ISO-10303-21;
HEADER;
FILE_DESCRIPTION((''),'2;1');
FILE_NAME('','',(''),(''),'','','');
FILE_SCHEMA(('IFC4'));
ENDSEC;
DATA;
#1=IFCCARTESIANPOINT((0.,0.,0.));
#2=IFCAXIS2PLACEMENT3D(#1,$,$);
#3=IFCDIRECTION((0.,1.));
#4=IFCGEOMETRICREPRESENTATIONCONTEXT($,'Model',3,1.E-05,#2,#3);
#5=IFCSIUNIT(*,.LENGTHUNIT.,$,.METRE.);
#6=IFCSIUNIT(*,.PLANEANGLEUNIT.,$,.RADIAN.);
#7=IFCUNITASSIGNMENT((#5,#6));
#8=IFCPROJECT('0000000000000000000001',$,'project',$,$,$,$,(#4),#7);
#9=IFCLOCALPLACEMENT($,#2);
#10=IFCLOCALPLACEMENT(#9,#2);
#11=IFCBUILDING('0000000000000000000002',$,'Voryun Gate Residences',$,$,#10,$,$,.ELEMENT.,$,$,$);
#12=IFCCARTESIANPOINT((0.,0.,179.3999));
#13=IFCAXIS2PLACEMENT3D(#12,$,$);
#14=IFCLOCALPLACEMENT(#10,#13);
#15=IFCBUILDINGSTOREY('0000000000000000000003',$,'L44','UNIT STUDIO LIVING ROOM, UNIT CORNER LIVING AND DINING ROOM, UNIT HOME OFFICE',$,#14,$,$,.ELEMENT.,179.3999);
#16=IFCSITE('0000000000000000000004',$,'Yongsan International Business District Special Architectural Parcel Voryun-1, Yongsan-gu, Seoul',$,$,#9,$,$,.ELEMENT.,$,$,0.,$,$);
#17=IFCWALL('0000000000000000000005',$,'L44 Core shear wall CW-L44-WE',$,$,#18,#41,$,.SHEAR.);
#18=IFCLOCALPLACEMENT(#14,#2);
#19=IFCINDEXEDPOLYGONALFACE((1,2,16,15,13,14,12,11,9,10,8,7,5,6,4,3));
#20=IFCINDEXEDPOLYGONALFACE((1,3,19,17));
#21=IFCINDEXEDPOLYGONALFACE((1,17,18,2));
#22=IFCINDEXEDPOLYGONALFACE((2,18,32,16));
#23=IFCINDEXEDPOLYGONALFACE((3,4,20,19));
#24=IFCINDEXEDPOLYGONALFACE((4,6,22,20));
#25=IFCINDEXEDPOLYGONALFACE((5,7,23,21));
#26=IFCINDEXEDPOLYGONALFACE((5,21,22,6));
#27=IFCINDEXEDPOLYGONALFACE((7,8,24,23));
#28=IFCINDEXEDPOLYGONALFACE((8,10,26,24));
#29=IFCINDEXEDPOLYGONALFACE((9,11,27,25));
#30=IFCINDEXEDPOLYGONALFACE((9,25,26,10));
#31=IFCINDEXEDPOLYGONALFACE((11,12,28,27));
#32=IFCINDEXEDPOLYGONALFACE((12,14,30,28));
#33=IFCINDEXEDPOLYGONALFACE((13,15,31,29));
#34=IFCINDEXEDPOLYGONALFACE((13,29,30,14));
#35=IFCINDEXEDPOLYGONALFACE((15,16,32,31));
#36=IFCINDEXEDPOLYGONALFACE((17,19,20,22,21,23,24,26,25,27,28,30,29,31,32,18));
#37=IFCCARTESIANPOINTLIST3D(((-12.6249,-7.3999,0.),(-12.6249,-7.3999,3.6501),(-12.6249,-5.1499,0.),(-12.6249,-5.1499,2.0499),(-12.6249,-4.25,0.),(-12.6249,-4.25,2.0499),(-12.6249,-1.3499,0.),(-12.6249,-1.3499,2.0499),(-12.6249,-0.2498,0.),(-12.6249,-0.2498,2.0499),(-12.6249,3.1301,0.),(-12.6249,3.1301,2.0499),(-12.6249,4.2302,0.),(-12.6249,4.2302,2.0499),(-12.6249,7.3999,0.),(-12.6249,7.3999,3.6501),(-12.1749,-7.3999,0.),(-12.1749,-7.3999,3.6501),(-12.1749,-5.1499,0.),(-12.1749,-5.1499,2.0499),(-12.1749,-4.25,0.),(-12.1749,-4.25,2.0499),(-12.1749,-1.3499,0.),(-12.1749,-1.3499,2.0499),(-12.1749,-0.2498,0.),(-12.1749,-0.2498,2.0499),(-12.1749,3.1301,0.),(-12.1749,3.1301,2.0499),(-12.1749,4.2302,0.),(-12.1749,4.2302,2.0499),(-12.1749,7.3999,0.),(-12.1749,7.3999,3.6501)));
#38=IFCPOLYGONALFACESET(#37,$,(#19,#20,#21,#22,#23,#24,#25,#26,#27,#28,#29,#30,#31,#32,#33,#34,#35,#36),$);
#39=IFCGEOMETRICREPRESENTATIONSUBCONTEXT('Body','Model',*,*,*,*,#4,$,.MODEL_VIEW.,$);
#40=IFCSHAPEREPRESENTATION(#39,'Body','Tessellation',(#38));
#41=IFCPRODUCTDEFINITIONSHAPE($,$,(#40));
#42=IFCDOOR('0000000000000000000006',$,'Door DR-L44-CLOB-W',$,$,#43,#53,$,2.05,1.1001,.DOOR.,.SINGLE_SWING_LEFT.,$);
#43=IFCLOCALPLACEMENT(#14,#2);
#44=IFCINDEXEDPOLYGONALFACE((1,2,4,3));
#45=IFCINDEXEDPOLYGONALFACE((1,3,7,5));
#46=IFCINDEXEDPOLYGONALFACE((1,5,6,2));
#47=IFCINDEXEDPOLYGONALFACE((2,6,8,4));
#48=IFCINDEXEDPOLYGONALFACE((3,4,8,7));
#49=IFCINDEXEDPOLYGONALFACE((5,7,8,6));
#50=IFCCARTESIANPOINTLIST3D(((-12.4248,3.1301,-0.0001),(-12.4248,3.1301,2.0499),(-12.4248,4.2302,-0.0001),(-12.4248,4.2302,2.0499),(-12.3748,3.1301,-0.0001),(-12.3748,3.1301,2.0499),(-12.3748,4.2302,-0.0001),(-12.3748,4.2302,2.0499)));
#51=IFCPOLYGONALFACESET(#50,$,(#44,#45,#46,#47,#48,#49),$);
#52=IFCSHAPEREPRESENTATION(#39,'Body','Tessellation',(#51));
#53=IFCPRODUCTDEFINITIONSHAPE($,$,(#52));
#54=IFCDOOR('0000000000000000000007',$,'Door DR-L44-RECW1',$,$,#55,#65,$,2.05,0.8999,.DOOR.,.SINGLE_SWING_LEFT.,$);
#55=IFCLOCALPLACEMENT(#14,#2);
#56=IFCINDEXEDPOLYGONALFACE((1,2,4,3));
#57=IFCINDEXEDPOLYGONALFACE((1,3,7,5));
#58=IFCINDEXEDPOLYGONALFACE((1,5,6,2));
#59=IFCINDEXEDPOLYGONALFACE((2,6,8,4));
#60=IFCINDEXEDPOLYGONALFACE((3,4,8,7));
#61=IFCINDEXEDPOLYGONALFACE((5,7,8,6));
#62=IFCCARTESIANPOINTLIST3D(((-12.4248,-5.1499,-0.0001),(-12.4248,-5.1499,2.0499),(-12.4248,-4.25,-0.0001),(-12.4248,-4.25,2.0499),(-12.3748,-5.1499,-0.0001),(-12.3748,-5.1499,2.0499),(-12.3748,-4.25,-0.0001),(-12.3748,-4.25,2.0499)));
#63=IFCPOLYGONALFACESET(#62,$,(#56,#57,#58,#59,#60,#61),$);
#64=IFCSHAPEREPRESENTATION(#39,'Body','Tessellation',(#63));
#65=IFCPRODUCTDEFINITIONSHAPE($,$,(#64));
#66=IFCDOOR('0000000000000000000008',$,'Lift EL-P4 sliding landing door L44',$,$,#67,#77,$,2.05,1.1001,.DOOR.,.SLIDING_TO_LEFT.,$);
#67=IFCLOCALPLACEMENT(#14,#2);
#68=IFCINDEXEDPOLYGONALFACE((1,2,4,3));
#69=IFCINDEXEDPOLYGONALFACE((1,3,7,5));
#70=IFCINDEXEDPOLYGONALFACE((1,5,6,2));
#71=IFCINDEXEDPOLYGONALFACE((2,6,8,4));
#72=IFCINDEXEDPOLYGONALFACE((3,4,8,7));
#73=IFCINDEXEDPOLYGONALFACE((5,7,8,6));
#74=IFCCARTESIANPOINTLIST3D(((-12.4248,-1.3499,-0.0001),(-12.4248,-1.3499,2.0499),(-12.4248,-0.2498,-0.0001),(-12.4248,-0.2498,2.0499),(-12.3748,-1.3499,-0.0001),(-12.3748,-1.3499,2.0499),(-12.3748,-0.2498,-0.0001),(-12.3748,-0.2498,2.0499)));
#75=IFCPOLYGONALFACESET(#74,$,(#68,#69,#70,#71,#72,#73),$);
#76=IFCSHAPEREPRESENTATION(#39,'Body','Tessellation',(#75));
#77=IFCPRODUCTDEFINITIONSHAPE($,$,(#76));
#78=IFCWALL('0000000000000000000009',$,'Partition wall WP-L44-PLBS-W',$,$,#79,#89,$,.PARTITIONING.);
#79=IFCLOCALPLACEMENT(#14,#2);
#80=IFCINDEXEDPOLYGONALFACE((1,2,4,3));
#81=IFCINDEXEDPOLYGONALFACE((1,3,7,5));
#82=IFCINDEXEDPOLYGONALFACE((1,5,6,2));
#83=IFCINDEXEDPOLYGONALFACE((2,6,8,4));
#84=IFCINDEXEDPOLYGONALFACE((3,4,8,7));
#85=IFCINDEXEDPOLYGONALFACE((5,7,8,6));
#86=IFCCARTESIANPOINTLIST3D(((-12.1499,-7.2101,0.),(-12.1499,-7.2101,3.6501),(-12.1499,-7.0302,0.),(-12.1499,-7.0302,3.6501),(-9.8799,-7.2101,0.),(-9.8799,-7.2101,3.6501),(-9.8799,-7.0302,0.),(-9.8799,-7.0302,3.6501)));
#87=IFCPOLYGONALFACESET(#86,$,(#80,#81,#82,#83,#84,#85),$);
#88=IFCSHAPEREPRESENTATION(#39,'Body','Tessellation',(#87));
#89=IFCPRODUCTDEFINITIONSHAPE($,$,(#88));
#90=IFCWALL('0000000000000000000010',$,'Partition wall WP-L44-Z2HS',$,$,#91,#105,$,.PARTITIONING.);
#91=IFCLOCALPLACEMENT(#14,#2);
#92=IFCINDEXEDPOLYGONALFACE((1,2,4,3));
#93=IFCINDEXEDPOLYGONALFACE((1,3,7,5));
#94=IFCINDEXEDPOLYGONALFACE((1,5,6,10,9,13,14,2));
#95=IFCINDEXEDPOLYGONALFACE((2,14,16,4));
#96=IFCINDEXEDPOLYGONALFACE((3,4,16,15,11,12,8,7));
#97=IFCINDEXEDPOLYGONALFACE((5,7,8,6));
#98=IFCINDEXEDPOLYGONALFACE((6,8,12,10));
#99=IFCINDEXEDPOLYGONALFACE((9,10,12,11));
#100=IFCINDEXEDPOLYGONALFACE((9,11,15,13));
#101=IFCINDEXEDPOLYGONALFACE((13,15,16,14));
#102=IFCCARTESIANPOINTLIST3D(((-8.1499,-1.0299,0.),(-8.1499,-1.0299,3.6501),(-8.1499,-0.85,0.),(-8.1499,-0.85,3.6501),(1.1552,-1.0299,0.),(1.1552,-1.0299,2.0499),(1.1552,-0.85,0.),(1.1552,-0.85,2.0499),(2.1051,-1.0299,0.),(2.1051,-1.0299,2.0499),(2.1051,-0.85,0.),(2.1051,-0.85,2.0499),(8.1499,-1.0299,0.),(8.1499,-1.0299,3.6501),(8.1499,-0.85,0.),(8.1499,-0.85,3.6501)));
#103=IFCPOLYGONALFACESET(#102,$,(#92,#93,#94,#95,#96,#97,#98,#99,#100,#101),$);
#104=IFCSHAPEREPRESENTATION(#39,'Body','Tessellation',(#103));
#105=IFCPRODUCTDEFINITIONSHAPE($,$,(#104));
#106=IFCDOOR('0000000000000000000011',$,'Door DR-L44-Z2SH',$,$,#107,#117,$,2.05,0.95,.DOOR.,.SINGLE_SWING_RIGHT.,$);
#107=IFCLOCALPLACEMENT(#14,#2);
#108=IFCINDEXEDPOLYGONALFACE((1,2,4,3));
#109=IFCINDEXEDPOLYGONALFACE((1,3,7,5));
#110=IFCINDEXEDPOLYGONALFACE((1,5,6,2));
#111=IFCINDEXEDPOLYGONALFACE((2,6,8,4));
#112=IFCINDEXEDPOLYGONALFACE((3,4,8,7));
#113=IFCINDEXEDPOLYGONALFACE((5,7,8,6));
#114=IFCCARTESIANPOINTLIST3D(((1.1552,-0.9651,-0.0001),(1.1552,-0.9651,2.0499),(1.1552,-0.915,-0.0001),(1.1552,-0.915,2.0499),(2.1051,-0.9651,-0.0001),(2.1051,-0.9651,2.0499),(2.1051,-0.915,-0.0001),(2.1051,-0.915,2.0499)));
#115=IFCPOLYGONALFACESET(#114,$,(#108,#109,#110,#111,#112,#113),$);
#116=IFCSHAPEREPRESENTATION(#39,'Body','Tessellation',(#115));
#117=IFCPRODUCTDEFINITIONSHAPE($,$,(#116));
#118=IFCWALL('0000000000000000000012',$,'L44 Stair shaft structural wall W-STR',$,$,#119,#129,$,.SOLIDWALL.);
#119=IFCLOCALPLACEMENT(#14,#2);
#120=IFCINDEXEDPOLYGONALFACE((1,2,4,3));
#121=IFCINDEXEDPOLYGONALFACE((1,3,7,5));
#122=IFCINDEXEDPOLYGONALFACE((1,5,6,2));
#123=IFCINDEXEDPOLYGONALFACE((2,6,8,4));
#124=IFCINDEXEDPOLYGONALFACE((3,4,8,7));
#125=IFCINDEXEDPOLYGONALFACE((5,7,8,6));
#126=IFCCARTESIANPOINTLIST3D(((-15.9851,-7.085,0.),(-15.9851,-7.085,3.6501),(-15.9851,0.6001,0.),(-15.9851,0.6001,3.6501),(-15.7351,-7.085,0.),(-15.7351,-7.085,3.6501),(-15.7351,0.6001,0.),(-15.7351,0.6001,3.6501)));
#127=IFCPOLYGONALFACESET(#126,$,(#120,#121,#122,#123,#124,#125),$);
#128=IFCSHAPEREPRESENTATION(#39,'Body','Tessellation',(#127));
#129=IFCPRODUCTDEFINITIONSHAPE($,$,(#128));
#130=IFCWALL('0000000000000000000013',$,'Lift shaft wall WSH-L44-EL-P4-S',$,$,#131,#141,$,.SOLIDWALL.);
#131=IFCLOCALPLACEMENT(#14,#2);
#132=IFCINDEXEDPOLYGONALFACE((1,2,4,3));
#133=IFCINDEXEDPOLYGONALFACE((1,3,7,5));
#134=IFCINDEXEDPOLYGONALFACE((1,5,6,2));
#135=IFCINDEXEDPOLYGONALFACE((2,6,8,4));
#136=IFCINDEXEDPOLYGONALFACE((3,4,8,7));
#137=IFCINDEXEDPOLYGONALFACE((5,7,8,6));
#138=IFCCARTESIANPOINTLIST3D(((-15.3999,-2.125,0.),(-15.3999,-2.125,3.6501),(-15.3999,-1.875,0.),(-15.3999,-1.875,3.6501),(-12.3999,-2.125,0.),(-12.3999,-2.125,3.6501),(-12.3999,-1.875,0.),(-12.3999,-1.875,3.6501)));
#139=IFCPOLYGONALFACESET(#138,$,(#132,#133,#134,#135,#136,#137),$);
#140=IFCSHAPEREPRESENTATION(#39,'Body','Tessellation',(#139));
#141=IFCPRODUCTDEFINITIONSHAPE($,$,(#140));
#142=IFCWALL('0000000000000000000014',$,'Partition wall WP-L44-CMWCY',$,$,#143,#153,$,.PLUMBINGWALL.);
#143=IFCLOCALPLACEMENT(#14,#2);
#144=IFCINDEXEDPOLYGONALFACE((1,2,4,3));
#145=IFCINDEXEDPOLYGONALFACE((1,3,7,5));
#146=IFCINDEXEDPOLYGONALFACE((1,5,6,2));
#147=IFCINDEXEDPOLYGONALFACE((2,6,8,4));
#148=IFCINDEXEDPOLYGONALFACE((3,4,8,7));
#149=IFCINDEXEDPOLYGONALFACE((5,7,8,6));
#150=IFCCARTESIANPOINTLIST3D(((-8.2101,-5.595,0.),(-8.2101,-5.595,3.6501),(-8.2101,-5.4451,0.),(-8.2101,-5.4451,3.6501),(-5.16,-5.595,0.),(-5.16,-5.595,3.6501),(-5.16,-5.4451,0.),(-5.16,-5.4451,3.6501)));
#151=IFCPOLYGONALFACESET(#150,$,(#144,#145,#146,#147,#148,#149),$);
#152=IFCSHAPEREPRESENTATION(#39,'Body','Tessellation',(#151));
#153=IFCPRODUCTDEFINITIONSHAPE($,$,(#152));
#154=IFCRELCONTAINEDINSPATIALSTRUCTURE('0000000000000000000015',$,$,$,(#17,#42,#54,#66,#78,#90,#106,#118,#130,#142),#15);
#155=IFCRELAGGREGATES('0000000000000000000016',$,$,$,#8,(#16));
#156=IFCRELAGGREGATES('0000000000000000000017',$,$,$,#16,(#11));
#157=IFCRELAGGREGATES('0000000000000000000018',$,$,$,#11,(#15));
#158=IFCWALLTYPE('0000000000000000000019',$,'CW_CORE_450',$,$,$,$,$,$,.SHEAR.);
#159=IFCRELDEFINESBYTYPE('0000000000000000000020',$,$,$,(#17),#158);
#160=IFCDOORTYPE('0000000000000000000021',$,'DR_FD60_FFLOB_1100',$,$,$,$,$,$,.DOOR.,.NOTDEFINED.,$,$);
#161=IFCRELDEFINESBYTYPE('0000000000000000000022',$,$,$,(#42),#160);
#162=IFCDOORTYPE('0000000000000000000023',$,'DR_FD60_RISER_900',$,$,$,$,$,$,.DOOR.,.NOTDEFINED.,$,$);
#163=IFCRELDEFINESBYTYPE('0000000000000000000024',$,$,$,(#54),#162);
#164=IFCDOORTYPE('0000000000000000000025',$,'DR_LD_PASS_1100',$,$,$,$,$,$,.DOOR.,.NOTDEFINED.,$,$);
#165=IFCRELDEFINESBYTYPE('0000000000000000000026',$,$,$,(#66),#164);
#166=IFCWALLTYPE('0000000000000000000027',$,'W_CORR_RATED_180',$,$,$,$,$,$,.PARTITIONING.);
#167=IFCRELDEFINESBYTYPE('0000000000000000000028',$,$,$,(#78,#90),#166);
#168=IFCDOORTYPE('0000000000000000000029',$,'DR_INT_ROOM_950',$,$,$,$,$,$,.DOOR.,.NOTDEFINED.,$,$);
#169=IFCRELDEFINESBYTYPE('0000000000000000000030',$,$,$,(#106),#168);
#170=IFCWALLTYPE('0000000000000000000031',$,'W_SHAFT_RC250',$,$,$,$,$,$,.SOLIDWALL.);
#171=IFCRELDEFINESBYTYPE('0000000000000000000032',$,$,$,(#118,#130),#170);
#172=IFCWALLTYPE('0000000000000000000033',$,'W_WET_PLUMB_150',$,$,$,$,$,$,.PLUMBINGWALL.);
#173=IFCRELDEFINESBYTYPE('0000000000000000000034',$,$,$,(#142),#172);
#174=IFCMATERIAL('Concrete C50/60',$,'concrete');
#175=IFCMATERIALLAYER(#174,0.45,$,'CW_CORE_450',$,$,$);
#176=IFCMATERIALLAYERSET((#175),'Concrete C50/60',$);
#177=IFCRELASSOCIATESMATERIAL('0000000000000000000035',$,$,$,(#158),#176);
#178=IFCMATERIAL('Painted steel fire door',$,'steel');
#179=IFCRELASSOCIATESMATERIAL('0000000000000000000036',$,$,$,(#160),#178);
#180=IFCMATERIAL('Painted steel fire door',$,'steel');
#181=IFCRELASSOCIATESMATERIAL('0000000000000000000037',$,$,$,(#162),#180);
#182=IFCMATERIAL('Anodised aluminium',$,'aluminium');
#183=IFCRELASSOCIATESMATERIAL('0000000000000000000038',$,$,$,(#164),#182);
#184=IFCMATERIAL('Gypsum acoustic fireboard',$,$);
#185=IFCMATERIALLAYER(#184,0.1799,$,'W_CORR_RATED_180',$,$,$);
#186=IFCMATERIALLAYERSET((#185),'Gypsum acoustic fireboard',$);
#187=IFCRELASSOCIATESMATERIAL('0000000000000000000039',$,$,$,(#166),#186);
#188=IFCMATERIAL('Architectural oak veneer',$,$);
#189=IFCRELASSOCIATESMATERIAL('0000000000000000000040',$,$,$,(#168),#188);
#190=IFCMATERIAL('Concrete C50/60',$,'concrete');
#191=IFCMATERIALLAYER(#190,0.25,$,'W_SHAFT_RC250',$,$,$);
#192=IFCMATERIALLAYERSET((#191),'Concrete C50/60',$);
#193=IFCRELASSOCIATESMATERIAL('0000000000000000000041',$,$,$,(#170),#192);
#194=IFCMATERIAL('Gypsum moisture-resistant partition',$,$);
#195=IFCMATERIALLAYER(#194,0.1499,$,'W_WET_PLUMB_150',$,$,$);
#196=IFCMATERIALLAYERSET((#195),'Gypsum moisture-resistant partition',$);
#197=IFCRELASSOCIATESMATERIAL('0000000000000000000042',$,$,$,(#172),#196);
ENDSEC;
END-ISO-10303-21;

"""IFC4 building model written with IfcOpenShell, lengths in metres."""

from ifc_helpers import new_model, si_unit, direction, frame, frame_2d, origin, place, context, subcontext, project, spatial, rectangle, extrude, material, layer, layer_set, type_object, element, fill, save


model = new_model("IFC4")

# Units and contexts
model_context = context("Model", 3, precision=1e-05, world=origin(), true_north=direction((0.0, 1.0)))
body_context = subcontext(model_context, "Body", "Model", "MODEL_VIEW")
ifc_project = project(units=[si_unit("LENGTHUNIT", "METRE"), si_unit("PLANEANGLEUNIT", "RADIAN")], contexts=[model_context])

# Site, building, storey
site_placement = place(None, origin())
site = spatial("IfcSite", under=ifc_project, at=site_placement, Name="Yongsan International Business District Special Architectural Parcel Voryun-1, Yongsan-gu, Seoul", CompositionType="ELEMENT", RefElevation=0.0)
building_placement = place(site_placement, origin())
building = spatial("IfcBuilding", under=site, at=building_placement, Name="Voryun Gate Residences", CompositionType="ELEMENT")
storey_placement = place(building_placement, frame((0.0, 0.0, 179.3999)))
storey = spatial("IfcBuildingStorey", under=building, at=storey_placement, Name="L44", Description="UNIT STUDIO LIVING ROOM, UNIT CORNER LIVING AND DINING ROOM, UNIT HOME OFFICE", CompositionType="ELEMENT", Elevation=179.3999)

# Wall, openings, doors
ifc_material_1 = material(Name="Concrete C50/60", Category="concrete")
ifc_layer_1 = layer(ifc_material_1, 0.45, Name="CW_CORE_450")
ifc_layer_set_1 = layer_set([ifc_layer_1], Name="Concrete C50/60")
wall_type_1 = type_object("IfcWallType", Name="CW_CORE_450", PredefinedType="SHEAR", material=ifc_layer_set_1)
wall_1_placement = place(storey_placement, frame((-12.3999, -7.3999, 0.0), z_axis=(0.0, 0.0, 1.0), x_axis=(0.0, 1.0, 0.0)))
wall_1 = element("IfcWall", 1, at=wall_1_placement, inside=storey, type_object=wall_type_1, Name="L44 Core shear wall CW-L44-WE", PredefinedType="SHEAR", context=body_context, shape_type="SweptSolid", body=[
    extrude(rectangle(XDim=14.7998, YDim=0.45, at=frame_2d((7.3999, 0.0))), origin(), (0.0, 0.0, 1.0), 3.6501),
])
opening_1_placement = place(wall_1_placement, frame((6.05, 0.0, 0.0)))
opening_1 = element("IfcOpeningElement", 2, at=opening_1_placement, cuts=wall_1, PredefinedType="OPENING", context=body_context, shape_type="SweptSolid", body=[
    extrude(rectangle(XDim=1.1001, YDim=2.05, at=frame_2d((0.55, 1.0249))), frame((0.0, 0.2351, 0.0), z_axis=(0.0, -1.0, 0.0), x_axis=(1.0, 0.0, 0.0)), (0.0, 0.0, 1.0), 0.47),
])
opening_2_placement = place(wall_1_placement, frame((10.53, 0.0, 0.0)))
opening_2 = element("IfcOpeningElement", 3, at=opening_2_placement, cuts=wall_1, PredefinedType="OPENING", context=body_context, shape_type="SweptSolid", body=[
    extrude(rectangle(XDim=1.1001, YDim=2.05, at=frame_2d((0.55, 1.0249))), frame((0.0, 0.2351, 0.0), z_axis=(0.0, -1.0, 0.0), x_axis=(1.0, 0.0, 0.0)), (0.0, 0.0, 1.0), 0.47),
])
opening_3_placement = place(wall_1_placement, frame((2.25, 0.0, 0.0)))
opening_3 = element("IfcOpeningElement", 4, at=opening_3_placement, cuts=wall_1, PredefinedType="OPENING", context=body_context, shape_type="SweptSolid", body=[
    extrude(rectangle(XDim=0.8999, YDim=2.05, at=frame_2d((0.45, 1.0249))), frame((0.0, 0.2351, 0.0), z_axis=(0.0, -1.0, 0.0), x_axis=(1.0, 0.0, 0.0)), (0.0, 0.0, 1.0), 0.47),
])
ifc_material_2 = material(Name="Painted steel fire door", Category="steel")
door_type_1 = type_object("IfcDoorType", Name="DR_FD60_FFLOB_1100", OperationType="NOTDEFINED", PredefinedType="DOOR", material=ifc_material_2)
door_1_placement = place(opening_2_placement, origin())
door_1 = element("IfcDoor", 5, at=door_1_placement, inside=storey, type_object=door_type_1, Name="Door DR-L44-CLOB-W", OperationType="SINGLE_SWING_LEFT", OverallHeight=2.05, OverallWidth=1.1001, PredefinedType="DOOR", context=body_context, shape_type="SweptSolid", body=[
    extrude(rectangle(XDim=1.1001, YDim=2.05, at=frame_2d((0.55, 1.0249))), frame((0.0, 0.0249, 0.0), z_axis=(0.0, -1.0, 0.0), x_axis=(1.0, 0.0, 0.0)), (0.0, 0.0, 1.0), 0.05),
])
fill(opening_2, door_1)
ifc_material_3 = material(Name="Painted steel fire door", Category="steel")
door_type_2 = type_object("IfcDoorType", Name="DR_FD60_RISER_900", OperationType="NOTDEFINED", PredefinedType="DOOR", material=ifc_material_3)
door_2_placement = place(opening_3_placement, origin())
door_2 = element("IfcDoor", 6, at=door_2_placement, inside=storey, type_object=door_type_2, Name="Door DR-L44-RECW1", OperationType="SINGLE_SWING_LEFT", OverallHeight=2.05, OverallWidth=0.8999, PredefinedType="DOOR", context=body_context, shape_type="SweptSolid", body=[
    extrude(rectangle(XDim=0.8999, YDim=2.05, at=frame_2d((0.45, 1.0249))), frame((0.0, 0.0249, 0.0), z_axis=(0.0, -1.0, 0.0), x_axis=(1.0, 0.0, 0.0)), (0.0, 0.0, 1.0), 0.05),
])
fill(opening_3, door_2)
ifc_material_4 = material(Name="Anodised aluminium", Category="aluminium")
door_type_3 = type_object("IfcDoorType", Name="DR_LD_PASS_1100", OperationType="NOTDEFINED", PredefinedType="DOOR", material=ifc_material_4)
door_3_placement = place(opening_1_placement, origin())
door_3 = element("IfcDoor", 7, at=door_3_placement, inside=storey, type_object=door_type_3, Name="Lift EL-P4 sliding landing door L44", OperationType="SLIDING_TO_LEFT", OverallHeight=2.05, OverallWidth=1.1001, PredefinedType="DOOR", context=body_context, shape_type="SweptSolid", body=[
    extrude(rectangle(XDim=1.1001, YDim=2.05, at=frame_2d((0.55, 1.0249))), frame((0.0, 0.0249, 0.0), z_axis=(0.0, -1.0, 0.0), x_axis=(1.0, 0.0, 0.0)), (0.0, 0.0, 1.0), 0.05),
])
fill(opening_1, door_3)

# Wall
ifc_material_5 = material(Name="Gypsum acoustic fireboard")
ifc_layer_2 = layer(ifc_material_5, 0.1799, Name="W_CORR_RATED_180")
ifc_layer_set_2 = layer_set([ifc_layer_2], Name="Gypsum acoustic fireboard")
wall_type_2 = type_object("IfcWallType", Name="W_CORR_RATED_180", PredefinedType="PARTITIONING", material=ifc_layer_set_2)
wall_2_placement = place(storey_placement, frame((-12.1499, -7.1201, 0.0), z_axis=(0.0, 0.0, 1.0), x_axis=(1.0, 0.0, 0.0)))
element("IfcWall", 8, at=wall_2_placement, inside=storey, type_object=wall_type_2, Name="Partition wall WP-L44-PLBS-W", PredefinedType="PARTITIONING", context=body_context, shape_type="SweptSolid", body=[
    extrude(rectangle(XDim=2.27, YDim=0.1799, at=frame_2d((1.135, 0.0))), origin(), (0.0, 0.0, 1.0), 3.6501),
])

# Wall, opening, door
wall_3_placement = place(storey_placement, frame((-8.1499, -0.9399, 0.0), z_axis=(0.0, 0.0, 1.0), x_axis=(1.0, 0.0, 0.0)))
wall_3 = element("IfcWall", 9, at=wall_3_placement, inside=storey, type_object=wall_type_2, Name="Partition wall WP-L44-Z2HS", PredefinedType="PARTITIONING", context=body_context, shape_type="SweptSolid", body=[
    extrude(rectangle(XDim=16.2998, YDim=0.1799, at=frame_2d((8.1499, 0.0))), origin(), (0.0, 0.0, 1.0), 3.6501),
])
opening_4_placement = place(wall_3_placement, frame((9.3049, 0.0, 0.0)))
opening_4 = element("IfcOpeningElement", 10, at=opening_4_placement, cuts=wall_3, PredefinedType="OPENING", context=body_context, shape_type="SweptSolid", body=[
    extrude(rectangle(XDim=0.95, YDim=2.05, at=frame_2d((0.4751, 1.0249))), frame((0.0, 0.0999, 0.0), z_axis=(0.0, -1.0, 0.0), x_axis=(1.0, 0.0, 0.0)), (0.0, 0.0, 1.0), 0.2),
])
ifc_material_6 = material(Name="Architectural oak veneer")
door_type_4 = type_object("IfcDoorType", Name="DR_INT_ROOM_950", OperationType="NOTDEFINED", PredefinedType="DOOR", material=ifc_material_6)
door_4_placement = place(opening_4_placement, origin())
door_4 = element("IfcDoor", 11, at=door_4_placement, inside=storey, type_object=door_type_4, Name="Door DR-L44-Z2SH", OperationType="SINGLE_SWING_RIGHT", OverallHeight=2.05, OverallWidth=0.95, PredefinedType="DOOR", context=body_context, shape_type="SweptSolid", body=[
    extrude(rectangle(XDim=0.95, YDim=2.05, at=frame_2d((0.4751, 1.0249))), frame((0.0, 0.0249, 0.0), z_axis=(0.0, -1.0, 0.0), x_axis=(1.0, 0.0, 0.0)), (0.0, 0.0, 1.0), 0.05),
])
fill(opening_4, door_4)

# Walls
ifc_material_7 = material(Name="Concrete C50/60", Category="concrete")
ifc_layer_3 = layer(ifc_material_7, 0.25, Name="W_SHAFT_RC250")
ifc_layer_set_3 = layer_set([ifc_layer_3], Name="Concrete C50/60")
wall_type_3 = type_object("IfcWallType", Name="W_SHAFT_RC250", PredefinedType="SOLIDWALL", material=ifc_layer_set_3)
wall_4_placement = place(storey_placement, frame((-15.8601, -7.085, 0.0), z_axis=(0.0, 0.0, 1.0), x_axis=(0.0, 1.0, 0.0)))
element("IfcWall", 12, at=wall_4_placement, inside=storey, type_object=wall_type_3, Name="L44 Stair shaft structural wall W-STR", PredefinedType="SOLIDWALL", context=body_context, shape_type="SweptSolid", body=[
    extrude(rectangle(XDim=7.6851, YDim=0.25, at=frame_2d((3.8425, 0.0))), origin(), (0.0, 0.0, 1.0), 3.6501),
])
wall_5_placement = place(storey_placement, frame((-15.3999, -2.0, 0.0), z_axis=(0.0, 0.0, 1.0), x_axis=(1.0, 0.0, 0.0)))
element("IfcWall", 13, at=wall_5_placement, inside=storey, type_object=wall_type_3, Name="Lift shaft wall WSH-L44-EL-P4-S", PredefinedType="SOLIDWALL", context=body_context, shape_type="SweptSolid", body=[
    extrude(rectangle(XDim=3.0, YDim=0.25, at=frame_2d((1.5, 0.0))), origin(), (0.0, 0.0, 1.0), 3.6501),
])
ifc_material_8 = material(Name="Gypsum moisture-resistant partition")
ifc_layer_4 = layer(ifc_material_8, 0.1499, Name="W_WET_PLUMB_150")
ifc_layer_set_4 = layer_set([ifc_layer_4], Name="Gypsum moisture-resistant partition")
wall_type_4 = type_object("IfcWallType", Name="W_WET_PLUMB_150", PredefinedType="PLUMBINGWALL", material=ifc_layer_set_4)
wall_6_placement = place(storey_placement, frame((-8.21, -5.52, 0.0), z_axis=(0.0, 0.0, 1.0), x_axis=(1.0, 0.0, 0.0)))
element("IfcWall", 14, at=wall_6_placement, inside=storey, type_object=wall_type_4, Name="Partition wall WP-L44-CMWCY", PredefinedType="PLUMBINGWALL", context=body_context, shape_type="SweptSolid", body=[
    extrude(rectangle(XDim=3.05, YDim=0.1499, at=frame_2d((1.5249, 0.0))), origin(), (0.0, 0.0, 1.0), 3.6501),
])

save(model, "model.ifc")
